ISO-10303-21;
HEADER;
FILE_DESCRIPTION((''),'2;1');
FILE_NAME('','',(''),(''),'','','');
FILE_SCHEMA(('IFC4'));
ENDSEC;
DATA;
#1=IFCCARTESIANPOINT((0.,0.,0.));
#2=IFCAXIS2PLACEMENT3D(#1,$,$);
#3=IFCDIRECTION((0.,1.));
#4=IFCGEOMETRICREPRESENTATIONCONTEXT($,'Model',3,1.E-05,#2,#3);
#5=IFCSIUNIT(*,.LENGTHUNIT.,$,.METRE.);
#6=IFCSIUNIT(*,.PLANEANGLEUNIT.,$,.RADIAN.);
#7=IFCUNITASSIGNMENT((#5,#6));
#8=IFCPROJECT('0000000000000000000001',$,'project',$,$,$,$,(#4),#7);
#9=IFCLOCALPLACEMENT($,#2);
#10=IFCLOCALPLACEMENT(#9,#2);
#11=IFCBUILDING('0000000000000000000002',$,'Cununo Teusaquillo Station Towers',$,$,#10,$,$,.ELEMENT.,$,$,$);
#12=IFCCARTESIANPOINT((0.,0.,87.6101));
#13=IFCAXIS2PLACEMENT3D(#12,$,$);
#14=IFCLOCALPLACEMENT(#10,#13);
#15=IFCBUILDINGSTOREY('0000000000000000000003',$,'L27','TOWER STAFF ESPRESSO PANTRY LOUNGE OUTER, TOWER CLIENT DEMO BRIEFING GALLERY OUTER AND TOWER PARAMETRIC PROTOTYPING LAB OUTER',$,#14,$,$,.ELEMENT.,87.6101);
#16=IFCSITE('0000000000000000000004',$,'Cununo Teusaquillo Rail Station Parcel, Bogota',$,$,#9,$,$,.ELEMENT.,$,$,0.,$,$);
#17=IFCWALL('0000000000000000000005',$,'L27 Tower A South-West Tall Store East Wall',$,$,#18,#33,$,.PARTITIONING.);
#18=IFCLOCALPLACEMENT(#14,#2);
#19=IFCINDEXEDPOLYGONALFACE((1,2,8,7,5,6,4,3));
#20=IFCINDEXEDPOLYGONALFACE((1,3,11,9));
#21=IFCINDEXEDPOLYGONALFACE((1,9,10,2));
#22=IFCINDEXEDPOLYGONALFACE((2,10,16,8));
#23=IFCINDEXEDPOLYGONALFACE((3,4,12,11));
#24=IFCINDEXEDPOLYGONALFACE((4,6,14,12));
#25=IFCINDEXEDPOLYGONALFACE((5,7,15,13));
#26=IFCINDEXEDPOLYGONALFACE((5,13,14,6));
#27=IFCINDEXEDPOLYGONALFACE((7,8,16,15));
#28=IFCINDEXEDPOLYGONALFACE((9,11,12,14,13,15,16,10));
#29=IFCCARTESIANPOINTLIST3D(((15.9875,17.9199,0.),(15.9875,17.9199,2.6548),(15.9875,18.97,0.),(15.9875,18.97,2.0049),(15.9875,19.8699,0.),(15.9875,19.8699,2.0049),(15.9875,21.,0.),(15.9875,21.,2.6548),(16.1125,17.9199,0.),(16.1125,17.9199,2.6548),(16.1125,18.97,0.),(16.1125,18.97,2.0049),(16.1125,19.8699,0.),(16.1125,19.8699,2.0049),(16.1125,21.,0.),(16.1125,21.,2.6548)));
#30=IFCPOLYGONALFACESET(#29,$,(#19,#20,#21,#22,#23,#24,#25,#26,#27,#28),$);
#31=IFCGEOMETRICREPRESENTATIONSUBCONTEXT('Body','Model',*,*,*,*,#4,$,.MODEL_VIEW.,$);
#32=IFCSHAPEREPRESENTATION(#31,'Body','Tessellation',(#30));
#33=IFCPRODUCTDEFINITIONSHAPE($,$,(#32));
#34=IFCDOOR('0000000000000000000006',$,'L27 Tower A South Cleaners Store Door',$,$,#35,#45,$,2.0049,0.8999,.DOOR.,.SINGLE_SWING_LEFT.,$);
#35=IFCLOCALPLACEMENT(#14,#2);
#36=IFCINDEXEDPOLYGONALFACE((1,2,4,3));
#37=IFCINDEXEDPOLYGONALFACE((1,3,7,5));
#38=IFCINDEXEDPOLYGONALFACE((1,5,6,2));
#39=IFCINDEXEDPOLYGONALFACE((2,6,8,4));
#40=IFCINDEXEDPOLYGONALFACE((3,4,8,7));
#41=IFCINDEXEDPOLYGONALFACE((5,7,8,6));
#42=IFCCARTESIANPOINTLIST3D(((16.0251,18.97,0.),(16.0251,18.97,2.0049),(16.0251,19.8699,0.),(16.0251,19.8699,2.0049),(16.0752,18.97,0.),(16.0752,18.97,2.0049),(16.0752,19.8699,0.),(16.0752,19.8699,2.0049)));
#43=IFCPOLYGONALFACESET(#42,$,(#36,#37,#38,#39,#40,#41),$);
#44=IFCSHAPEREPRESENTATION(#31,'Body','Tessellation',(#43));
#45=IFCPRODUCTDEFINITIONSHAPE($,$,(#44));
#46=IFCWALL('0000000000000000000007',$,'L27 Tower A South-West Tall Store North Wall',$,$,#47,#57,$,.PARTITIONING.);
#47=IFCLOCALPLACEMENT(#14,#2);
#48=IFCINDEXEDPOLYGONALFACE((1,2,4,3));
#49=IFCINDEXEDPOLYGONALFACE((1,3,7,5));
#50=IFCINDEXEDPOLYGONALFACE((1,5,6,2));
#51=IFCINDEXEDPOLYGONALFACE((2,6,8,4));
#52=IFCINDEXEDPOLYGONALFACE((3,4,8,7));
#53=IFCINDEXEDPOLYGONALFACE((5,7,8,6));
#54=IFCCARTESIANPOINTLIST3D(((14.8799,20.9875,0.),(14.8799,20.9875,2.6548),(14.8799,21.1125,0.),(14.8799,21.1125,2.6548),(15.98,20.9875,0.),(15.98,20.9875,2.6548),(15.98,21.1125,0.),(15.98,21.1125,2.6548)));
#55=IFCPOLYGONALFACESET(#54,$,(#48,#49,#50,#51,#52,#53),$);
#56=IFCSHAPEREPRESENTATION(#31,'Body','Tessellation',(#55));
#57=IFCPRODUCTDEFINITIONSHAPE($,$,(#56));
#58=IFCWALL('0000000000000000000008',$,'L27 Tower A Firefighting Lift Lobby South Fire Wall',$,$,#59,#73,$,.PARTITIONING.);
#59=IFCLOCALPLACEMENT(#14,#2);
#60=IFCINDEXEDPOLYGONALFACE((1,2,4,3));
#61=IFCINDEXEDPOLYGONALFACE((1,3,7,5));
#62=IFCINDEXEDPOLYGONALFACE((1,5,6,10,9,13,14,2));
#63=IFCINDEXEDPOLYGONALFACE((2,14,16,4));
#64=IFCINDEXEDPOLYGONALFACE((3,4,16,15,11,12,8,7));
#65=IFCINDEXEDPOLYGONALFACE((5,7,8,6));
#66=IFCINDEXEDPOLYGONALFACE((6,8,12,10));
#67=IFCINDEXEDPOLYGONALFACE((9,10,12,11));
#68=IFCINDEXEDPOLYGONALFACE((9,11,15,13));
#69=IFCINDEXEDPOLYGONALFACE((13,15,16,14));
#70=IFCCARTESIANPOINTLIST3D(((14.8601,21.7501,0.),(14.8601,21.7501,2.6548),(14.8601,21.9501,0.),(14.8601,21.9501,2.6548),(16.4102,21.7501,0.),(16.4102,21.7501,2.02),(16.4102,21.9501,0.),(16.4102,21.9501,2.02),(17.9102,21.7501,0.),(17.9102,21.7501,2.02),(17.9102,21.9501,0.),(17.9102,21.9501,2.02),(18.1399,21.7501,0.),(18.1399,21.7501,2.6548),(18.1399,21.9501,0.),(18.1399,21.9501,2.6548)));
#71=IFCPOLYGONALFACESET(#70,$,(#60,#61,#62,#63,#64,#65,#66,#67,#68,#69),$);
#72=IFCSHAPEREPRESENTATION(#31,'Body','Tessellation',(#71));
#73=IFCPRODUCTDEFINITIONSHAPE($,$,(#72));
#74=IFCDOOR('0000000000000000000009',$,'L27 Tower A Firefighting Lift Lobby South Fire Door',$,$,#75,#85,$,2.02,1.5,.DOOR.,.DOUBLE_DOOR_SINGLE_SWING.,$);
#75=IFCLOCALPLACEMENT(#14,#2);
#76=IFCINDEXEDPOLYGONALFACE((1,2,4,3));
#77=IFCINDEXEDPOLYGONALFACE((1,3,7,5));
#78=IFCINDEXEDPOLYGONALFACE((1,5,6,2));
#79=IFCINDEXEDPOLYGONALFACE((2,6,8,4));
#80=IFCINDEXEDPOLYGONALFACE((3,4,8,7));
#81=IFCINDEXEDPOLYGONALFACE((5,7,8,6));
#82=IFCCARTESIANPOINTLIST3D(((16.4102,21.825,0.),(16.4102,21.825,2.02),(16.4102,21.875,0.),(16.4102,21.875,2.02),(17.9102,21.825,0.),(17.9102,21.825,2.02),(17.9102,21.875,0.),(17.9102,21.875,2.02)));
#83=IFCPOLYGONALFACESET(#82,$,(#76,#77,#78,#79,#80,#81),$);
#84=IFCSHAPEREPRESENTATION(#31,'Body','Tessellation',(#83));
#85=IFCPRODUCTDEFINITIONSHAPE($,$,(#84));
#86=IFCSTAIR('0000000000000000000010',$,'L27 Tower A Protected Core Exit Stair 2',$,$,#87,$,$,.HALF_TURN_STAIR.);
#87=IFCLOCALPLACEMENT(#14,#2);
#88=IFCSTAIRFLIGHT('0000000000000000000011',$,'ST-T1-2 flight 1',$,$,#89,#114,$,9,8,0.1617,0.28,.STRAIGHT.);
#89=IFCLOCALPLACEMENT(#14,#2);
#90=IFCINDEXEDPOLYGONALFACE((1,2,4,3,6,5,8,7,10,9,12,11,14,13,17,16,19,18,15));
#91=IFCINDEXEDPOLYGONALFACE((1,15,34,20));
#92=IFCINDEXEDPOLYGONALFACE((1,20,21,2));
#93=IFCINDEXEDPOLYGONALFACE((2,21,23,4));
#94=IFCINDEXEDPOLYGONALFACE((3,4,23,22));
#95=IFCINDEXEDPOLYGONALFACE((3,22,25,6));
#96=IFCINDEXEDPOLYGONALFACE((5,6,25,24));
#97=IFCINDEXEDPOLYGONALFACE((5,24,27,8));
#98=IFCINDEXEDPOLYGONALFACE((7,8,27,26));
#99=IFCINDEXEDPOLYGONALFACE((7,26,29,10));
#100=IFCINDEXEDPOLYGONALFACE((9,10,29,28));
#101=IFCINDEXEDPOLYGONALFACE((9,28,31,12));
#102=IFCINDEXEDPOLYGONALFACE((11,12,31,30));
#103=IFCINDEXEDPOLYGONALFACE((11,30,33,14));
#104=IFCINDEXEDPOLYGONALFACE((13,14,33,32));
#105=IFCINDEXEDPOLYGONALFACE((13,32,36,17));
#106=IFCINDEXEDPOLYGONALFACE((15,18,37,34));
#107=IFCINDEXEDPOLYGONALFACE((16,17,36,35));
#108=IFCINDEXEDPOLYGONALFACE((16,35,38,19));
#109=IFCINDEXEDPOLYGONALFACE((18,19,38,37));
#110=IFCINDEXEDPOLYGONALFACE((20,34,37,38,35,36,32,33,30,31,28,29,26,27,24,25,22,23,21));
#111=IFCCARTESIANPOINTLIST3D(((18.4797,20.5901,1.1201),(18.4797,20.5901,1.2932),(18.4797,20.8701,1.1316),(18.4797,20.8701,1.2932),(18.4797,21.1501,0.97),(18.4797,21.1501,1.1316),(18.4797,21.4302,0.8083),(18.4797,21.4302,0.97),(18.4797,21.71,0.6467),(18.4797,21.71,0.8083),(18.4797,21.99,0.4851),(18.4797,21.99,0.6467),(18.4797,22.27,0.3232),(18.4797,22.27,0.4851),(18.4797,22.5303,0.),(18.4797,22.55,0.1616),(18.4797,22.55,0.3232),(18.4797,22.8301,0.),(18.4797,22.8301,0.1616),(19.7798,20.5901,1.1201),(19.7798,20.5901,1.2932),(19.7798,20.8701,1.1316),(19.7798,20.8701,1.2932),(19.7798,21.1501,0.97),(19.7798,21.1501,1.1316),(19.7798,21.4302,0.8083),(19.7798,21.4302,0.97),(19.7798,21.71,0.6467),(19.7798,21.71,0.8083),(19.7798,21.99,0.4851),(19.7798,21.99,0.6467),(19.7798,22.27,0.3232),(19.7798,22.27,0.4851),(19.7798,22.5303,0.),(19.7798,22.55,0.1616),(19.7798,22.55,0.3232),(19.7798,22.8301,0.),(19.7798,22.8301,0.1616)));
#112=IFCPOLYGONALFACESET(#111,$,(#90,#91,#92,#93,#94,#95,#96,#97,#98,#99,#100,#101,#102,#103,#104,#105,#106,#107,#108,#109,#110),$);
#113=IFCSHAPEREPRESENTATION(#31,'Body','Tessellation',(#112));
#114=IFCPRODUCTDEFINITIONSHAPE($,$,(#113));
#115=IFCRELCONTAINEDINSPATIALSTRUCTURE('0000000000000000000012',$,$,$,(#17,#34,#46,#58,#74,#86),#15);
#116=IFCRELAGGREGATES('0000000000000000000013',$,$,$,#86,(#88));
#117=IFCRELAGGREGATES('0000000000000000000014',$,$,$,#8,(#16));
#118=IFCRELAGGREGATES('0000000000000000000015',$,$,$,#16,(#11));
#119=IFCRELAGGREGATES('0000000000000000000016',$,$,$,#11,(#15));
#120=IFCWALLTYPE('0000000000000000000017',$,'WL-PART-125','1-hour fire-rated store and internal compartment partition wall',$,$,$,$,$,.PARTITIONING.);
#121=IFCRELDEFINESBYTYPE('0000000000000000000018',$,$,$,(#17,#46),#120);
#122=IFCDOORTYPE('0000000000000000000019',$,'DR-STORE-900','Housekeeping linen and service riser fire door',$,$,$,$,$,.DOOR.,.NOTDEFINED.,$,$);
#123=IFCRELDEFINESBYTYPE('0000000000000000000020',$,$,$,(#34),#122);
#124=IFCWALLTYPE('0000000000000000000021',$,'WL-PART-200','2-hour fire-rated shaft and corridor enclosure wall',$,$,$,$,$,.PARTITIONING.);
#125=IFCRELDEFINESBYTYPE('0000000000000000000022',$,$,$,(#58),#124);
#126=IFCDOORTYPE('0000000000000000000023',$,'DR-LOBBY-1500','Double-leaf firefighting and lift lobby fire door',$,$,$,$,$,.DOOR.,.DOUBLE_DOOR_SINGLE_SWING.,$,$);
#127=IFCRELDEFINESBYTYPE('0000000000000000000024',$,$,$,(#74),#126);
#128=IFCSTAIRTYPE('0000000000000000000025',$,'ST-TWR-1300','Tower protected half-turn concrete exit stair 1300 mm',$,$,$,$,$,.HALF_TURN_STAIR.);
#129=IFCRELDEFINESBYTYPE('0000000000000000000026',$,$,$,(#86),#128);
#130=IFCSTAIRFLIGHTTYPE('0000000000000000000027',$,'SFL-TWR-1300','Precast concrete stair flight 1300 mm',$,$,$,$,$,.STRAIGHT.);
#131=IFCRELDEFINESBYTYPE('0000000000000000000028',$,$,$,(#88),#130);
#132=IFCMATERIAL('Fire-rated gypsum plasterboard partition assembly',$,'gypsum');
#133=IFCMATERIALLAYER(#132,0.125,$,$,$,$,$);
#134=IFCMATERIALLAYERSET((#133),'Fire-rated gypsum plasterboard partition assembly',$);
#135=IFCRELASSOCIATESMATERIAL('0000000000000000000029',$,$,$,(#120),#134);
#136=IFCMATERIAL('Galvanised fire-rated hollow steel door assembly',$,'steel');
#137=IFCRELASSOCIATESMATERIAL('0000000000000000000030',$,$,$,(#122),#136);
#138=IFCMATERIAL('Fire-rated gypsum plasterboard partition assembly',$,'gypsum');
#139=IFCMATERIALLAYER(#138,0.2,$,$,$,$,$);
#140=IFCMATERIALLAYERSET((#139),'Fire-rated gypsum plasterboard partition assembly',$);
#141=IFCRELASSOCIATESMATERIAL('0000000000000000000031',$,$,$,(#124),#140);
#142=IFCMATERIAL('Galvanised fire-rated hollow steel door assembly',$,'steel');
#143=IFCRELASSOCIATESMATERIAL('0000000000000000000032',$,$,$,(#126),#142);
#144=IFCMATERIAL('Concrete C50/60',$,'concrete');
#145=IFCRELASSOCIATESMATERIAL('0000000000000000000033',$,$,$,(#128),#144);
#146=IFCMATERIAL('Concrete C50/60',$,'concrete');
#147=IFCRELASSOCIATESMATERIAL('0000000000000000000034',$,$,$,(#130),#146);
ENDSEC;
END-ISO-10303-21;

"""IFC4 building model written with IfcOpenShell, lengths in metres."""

from ifc_helpers import new_model, si_unit, direction, frame, frame_2d, origin, place, context, subcontext, project, spatial, polyline, rectangle, outline, extrude, source, transform, mapped, material, layer, layer_set, type_object, element, fill, aggregate, save


model = new_model("IFC4")

# Units and contexts
model_context = context("Model", 3, precision=1e-05, world=origin(), true_north=direction((0.0, 1.0)))
body_context = subcontext(model_context, "Body", "Model", "MODEL_VIEW")
ifc_project = project(units=[si_unit("LENGTHUNIT", "METRE"), si_unit("PLANEANGLEUNIT", "RADIAN")], contexts=[model_context])

# Site, building, storey
site_placement = place(None, origin())
site = spatial("IfcSite", under=ifc_project, at=site_placement, Name="Cununo Teusaquillo Rail Station Parcel, Bogota", CompositionType="ELEMENT", RefElevation=0.0)
building_placement = place(site_placement, origin())
building = spatial("IfcBuilding", under=site, at=building_placement, Name="Cununo Teusaquillo Station Towers", CompositionType="ELEMENT")
storey_placement = place(building_placement, frame((0.0, 0.0, 87.6101)))
storey = spatial("IfcBuildingStorey", under=building, at=storey_placement, Name="L27", Description="TOWER STAFF ESPRESSO PANTRY LOUNGE OUTER, TOWER CLIENT DEMO BRIEFING GALLERY OUTER AND TOWER PARAMETRIC PROTOTYPING LAB OUTER", CompositionType="ELEMENT", Elevation=87.6101)

# Wall, opening, door
ifc_material_1 = material(Name="Fire-rated gypsum plasterboard partition assembly", Category="gypsum")
ifc_layer_1 = layer(ifc_material_1, 0.125)
ifc_layer_set_1 = layer_set([ifc_layer_1], Name="Fire-rated gypsum plasterboard partition assembly")
wall_type_1 = type_object("IfcWallType", Name="WL-PART-125", Description="1-hour fire-rated store and internal compartment partition wall", PredefinedType="PARTITIONING", material=ifc_layer_set_1)
wall_1_placement = place(storey_placement, frame((16.05, 17.9199, 0.0), z_axis=(0.0, 0.0, 1.0), x_axis=(0.0, 1.0, 0.0)))
wall_1 = element("IfcWall", 1, at=wall_1_placement, inside=storey, type_object=wall_type_1, Name="L27 Tower A South-West Tall Store East Wall", PredefinedType="PARTITIONING", context=body_context, shape_type="SweptSolid", body=[
    extrude(rectangle(XDim=3.0801, YDim=0.125, at=frame_2d((1.54, 0.0))), origin(), (0.0, 0.0, 1.0), 2.6548),
])
shared_shape_1 = source(origin(), body_context, "Body", "SweptSolid", [
    extrude(rectangle(XDim=0.8999, YDim=2.0049, at=frame_2d((0.45, 1.0024))), frame((0.0, 0.0725, 0.0), z_axis=(0.0, -1.0, 0.0), x_axis=(1.0, 0.0, 0.0)), (0.0, 0.0, 1.0), 0.145),
])
opening_1_placement = place(wall_1_placement, frame((1.05, 0.0, 0.0)))
opening_1 = element("IfcOpeningElement", 2, at=opening_1_placement, cuts=wall_1, PredefinedType="OPENING", context=body_context, shape_type="MappedRepresentation", body=[
    mapped(shared_shape_1, transform((0.0, 0.0, 0.0), x_axis=(1.0, 0.0, 0.0), y_axis=(0.0, 1.0, 0.0), z_axis=(0.0, 0.0, 1.0), scale=1.0)),
])
ifc_material_2 = material(Name="Galvanised fire-rated hollow steel door assembly", Category="steel")
door_type_1 = type_object("IfcDoorType", Name="DR-STORE-900", Description="Housekeeping linen and service riser fire door", OperationType="NOTDEFINED", PredefinedType="DOOR", material=ifc_material_2)
shared_shape_2 = source(origin(), body_context, "Body", "SweptSolid", [
    extrude(rectangle(XDim=0.8999, YDim=2.0049, at=frame_2d((0.45, 1.0024))), frame((0.0, 0.0249, 0.0), z_axis=(0.0, -1.0, 0.0), x_axis=(1.0, 0.0, 0.0)), (0.0, 0.0, 1.0), 0.05),
])
door_1_placement = place(opening_1_placement, origin())
door_1 = element("IfcDoor", 3, at=door_1_placement, inside=storey, type_object=door_type_1, Name="L27 Tower A South Cleaners Store Door", OperationType="SINGLE_SWING_LEFT", OverallHeight=2.0049, OverallWidth=0.8999, PredefinedType="DOOR", context=body_context, shape_type="MappedRepresentation", body=[
    mapped(shared_shape_2, transform((0.0, 0.0, 0.0), x_axis=(1.0, 0.0, 0.0), y_axis=(0.0, 1.0, 0.0), z_axis=(0.0, 0.0, 1.0), scale=1.0)),
])
fill(opening_1, door_1)

# Wall
wall_2_placement = place(storey_placement, frame((14.8799, 21.05, 0.0), z_axis=(0.0, 0.0, 1.0), x_axis=(1.0, 0.0, 0.0)))
element("IfcWall", 4, at=wall_2_placement, inside=storey, type_object=wall_type_1, Name="L27 Tower A South-West Tall Store North Wall", PredefinedType="PARTITIONING", context=body_context, shape_type="SweptSolid", body=[
    extrude(rectangle(XDim=1.1001, YDim=0.125, at=frame_2d((0.55, 0.0))), origin(), (0.0, 0.0, 1.0), 2.6548),
])

# Wall, opening, door
ifc_material_3 = material(Name="Fire-rated gypsum plasterboard partition assembly", Category="gypsum")
ifc_layer_2 = layer(ifc_material_3, 0.2)
ifc_layer_set_2 = layer_set([ifc_layer_2], Name="Fire-rated gypsum plasterboard partition assembly")
wall_type_2 = type_object("IfcWallType", Name="WL-PART-200", Description="2-hour fire-rated shaft and corridor enclosure wall", PredefinedType="PARTITIONING", material=ifc_layer_set_2)
wall_3_placement = place(storey_placement, frame((14.8601, 21.8501, 0.0), z_axis=(0.0, 0.0, 1.0), x_axis=(1.0, 0.0, 0.0)))
wall_3 = element("IfcWall", 5, at=wall_3_placement, inside=storey, type_object=wall_type_2, Name="L27 Tower A Firefighting Lift Lobby South Fire Wall", PredefinedType="PARTITIONING", context=body_context, shape_type="SweptSolid", body=[
    extrude(rectangle(XDim=3.2798, YDim=0.2, at=frame_2d((1.6399, 0.0))), origin(), (0.0, 0.0, 1.0), 2.6548),
])
shared_shape_3 = source(origin(), body_context, "Body", "SweptSolid", [
    extrude(rectangle(XDim=1.5, YDim=2.02, at=frame_2d((0.75, 1.01))), frame((0.0, 0.1099, 0.0), z_axis=(0.0, -1.0, 0.0), x_axis=(1.0, 0.0, 0.0)), (0.0, 0.0, 1.0), 0.22),
])
opening_2_placement = place(wall_3_placement, frame((1.55, 0.0, 0.0)))
opening_2 = element("IfcOpeningElement", 6, at=opening_2_placement, cuts=wall_3, PredefinedType="OPENING", context=body_context, shape_type="MappedRepresentation", body=[
    mapped(shared_shape_3, transform((0.0, 0.0, 0.0), x_axis=(1.0, 0.0, 0.0), y_axis=(0.0, 1.0, 0.0), z_axis=(0.0, 0.0, 1.0), scale=1.0)),
])
ifc_material_4 = material(Name="Galvanised fire-rated hollow steel door assembly", Category="steel")
door_type_2 = type_object("IfcDoorType", Name="DR-LOBBY-1500", Description="Double-leaf firefighting and lift lobby fire door", OperationType="DOUBLE_DOOR_SINGLE_SWING", PredefinedType="DOOR", material=ifc_material_4)
shared_shape_4 = source(origin(), body_context, "Body", "SweptSolid", [
    extrude(rectangle(XDim=1.5, YDim=2.02, at=frame_2d((0.75, 1.01))), frame((0.0, 0.0249, 0.0), z_axis=(0.0, -1.0, 0.0), x_axis=(1.0, 0.0, 0.0)), (0.0, 0.0, 1.0), 0.05),
])
door_2_placement = place(opening_2_placement, origin())
door_2 = element("IfcDoor", 7, at=door_2_placement, inside=storey, type_object=door_type_2, Name="L27 Tower A Firefighting Lift Lobby South Fire Door", OperationType="DOUBLE_DOOR_SINGLE_SWING", OverallHeight=2.02, OverallWidth=1.5, PredefinedType="DOOR", context=body_context, shape_type="MappedRepresentation", body=[
    mapped(shared_shape_4, transform((0.0, 0.0, 0.0), x_axis=(1.0, 0.0, 0.0), y_axis=(0.0, 1.0, 0.0), z_axis=(0.0, 0.0, 1.0), scale=1.0)),
])
fill(opening_2, door_2)

# Stair, stair flight
ifc_material_5 = material(Name="Concrete C50/60", Category="concrete")
stair_type = type_object("IfcStairType", Name="ST-TWR-1300", Description="Tower protected half-turn concrete exit stair 1300 mm", PredefinedType="HALF_TURN_STAIR", material=ifc_material_5)
stair_placement = place(storey_placement, origin())
stair = element("IfcStair", 8, at=stair_placement, inside=storey, type_object=stair_type, Name="L27 Tower A Protected Core Exit Stair 2", PredefinedType="HALF_TURN_STAIR")
ifc_material_6 = material(Name="Concrete C50/60", Category="concrete")
stair_flight_type = type_object("IfcStairFlightType", Name="SFL-TWR-1300", Description="Precast concrete stair flight 1300 mm", PredefinedType="STRAIGHT", material=ifc_material_6)
stair_flight_placement = place(storey_placement, frame((19.1299, 22.8301, 0.0), z_axis=(0.0, 0.0, 1.0), x_axis=(0.0, -1.0, 0.0)))
stair_flight = element("IfcStairFlight", 9, at=stair_flight_placement, type_object=stair_flight_type, Name="ST-T1-2 flight 1", NumberOfRisers=9, NumberOfTreads=8, PredefinedType="STRAIGHT", RiserHeight=0.1617, TreadLength=0.28, context=body_context, shape_type="SweptSolid", body=[
    extrude(outline(polyline([(0.0, 0.0), (0.0, 0.1616), (0.28, 0.1616), (0.28, 0.3232), (0.5601, 0.3232), (0.5601, 0.4851), (0.8401, 0.4851), (0.8401, 0.6467), (1.1201, 0.6467), (1.1201, 0.8083), (1.3999, 0.8083), (1.3999, 0.97), (1.6799, 0.97), (1.6799, 1.1316), (1.96, 1.1316), (1.96, 1.2932), (2.24, 1.2932), (2.24, 1.4551), (2.24, 1.1201), (0.2998, 0.0), (0.0, 0.0)])), frame((0.0, 0.6499, 0.0), z_axis=(0.0, -1.0, 0.0), x_axis=(1.0, 0.0, 0.0)), (0.0, 0.0, 1.0), 1.3),
])
aggregate(stair, [stair_flight])

save(model, "model.ifc")
